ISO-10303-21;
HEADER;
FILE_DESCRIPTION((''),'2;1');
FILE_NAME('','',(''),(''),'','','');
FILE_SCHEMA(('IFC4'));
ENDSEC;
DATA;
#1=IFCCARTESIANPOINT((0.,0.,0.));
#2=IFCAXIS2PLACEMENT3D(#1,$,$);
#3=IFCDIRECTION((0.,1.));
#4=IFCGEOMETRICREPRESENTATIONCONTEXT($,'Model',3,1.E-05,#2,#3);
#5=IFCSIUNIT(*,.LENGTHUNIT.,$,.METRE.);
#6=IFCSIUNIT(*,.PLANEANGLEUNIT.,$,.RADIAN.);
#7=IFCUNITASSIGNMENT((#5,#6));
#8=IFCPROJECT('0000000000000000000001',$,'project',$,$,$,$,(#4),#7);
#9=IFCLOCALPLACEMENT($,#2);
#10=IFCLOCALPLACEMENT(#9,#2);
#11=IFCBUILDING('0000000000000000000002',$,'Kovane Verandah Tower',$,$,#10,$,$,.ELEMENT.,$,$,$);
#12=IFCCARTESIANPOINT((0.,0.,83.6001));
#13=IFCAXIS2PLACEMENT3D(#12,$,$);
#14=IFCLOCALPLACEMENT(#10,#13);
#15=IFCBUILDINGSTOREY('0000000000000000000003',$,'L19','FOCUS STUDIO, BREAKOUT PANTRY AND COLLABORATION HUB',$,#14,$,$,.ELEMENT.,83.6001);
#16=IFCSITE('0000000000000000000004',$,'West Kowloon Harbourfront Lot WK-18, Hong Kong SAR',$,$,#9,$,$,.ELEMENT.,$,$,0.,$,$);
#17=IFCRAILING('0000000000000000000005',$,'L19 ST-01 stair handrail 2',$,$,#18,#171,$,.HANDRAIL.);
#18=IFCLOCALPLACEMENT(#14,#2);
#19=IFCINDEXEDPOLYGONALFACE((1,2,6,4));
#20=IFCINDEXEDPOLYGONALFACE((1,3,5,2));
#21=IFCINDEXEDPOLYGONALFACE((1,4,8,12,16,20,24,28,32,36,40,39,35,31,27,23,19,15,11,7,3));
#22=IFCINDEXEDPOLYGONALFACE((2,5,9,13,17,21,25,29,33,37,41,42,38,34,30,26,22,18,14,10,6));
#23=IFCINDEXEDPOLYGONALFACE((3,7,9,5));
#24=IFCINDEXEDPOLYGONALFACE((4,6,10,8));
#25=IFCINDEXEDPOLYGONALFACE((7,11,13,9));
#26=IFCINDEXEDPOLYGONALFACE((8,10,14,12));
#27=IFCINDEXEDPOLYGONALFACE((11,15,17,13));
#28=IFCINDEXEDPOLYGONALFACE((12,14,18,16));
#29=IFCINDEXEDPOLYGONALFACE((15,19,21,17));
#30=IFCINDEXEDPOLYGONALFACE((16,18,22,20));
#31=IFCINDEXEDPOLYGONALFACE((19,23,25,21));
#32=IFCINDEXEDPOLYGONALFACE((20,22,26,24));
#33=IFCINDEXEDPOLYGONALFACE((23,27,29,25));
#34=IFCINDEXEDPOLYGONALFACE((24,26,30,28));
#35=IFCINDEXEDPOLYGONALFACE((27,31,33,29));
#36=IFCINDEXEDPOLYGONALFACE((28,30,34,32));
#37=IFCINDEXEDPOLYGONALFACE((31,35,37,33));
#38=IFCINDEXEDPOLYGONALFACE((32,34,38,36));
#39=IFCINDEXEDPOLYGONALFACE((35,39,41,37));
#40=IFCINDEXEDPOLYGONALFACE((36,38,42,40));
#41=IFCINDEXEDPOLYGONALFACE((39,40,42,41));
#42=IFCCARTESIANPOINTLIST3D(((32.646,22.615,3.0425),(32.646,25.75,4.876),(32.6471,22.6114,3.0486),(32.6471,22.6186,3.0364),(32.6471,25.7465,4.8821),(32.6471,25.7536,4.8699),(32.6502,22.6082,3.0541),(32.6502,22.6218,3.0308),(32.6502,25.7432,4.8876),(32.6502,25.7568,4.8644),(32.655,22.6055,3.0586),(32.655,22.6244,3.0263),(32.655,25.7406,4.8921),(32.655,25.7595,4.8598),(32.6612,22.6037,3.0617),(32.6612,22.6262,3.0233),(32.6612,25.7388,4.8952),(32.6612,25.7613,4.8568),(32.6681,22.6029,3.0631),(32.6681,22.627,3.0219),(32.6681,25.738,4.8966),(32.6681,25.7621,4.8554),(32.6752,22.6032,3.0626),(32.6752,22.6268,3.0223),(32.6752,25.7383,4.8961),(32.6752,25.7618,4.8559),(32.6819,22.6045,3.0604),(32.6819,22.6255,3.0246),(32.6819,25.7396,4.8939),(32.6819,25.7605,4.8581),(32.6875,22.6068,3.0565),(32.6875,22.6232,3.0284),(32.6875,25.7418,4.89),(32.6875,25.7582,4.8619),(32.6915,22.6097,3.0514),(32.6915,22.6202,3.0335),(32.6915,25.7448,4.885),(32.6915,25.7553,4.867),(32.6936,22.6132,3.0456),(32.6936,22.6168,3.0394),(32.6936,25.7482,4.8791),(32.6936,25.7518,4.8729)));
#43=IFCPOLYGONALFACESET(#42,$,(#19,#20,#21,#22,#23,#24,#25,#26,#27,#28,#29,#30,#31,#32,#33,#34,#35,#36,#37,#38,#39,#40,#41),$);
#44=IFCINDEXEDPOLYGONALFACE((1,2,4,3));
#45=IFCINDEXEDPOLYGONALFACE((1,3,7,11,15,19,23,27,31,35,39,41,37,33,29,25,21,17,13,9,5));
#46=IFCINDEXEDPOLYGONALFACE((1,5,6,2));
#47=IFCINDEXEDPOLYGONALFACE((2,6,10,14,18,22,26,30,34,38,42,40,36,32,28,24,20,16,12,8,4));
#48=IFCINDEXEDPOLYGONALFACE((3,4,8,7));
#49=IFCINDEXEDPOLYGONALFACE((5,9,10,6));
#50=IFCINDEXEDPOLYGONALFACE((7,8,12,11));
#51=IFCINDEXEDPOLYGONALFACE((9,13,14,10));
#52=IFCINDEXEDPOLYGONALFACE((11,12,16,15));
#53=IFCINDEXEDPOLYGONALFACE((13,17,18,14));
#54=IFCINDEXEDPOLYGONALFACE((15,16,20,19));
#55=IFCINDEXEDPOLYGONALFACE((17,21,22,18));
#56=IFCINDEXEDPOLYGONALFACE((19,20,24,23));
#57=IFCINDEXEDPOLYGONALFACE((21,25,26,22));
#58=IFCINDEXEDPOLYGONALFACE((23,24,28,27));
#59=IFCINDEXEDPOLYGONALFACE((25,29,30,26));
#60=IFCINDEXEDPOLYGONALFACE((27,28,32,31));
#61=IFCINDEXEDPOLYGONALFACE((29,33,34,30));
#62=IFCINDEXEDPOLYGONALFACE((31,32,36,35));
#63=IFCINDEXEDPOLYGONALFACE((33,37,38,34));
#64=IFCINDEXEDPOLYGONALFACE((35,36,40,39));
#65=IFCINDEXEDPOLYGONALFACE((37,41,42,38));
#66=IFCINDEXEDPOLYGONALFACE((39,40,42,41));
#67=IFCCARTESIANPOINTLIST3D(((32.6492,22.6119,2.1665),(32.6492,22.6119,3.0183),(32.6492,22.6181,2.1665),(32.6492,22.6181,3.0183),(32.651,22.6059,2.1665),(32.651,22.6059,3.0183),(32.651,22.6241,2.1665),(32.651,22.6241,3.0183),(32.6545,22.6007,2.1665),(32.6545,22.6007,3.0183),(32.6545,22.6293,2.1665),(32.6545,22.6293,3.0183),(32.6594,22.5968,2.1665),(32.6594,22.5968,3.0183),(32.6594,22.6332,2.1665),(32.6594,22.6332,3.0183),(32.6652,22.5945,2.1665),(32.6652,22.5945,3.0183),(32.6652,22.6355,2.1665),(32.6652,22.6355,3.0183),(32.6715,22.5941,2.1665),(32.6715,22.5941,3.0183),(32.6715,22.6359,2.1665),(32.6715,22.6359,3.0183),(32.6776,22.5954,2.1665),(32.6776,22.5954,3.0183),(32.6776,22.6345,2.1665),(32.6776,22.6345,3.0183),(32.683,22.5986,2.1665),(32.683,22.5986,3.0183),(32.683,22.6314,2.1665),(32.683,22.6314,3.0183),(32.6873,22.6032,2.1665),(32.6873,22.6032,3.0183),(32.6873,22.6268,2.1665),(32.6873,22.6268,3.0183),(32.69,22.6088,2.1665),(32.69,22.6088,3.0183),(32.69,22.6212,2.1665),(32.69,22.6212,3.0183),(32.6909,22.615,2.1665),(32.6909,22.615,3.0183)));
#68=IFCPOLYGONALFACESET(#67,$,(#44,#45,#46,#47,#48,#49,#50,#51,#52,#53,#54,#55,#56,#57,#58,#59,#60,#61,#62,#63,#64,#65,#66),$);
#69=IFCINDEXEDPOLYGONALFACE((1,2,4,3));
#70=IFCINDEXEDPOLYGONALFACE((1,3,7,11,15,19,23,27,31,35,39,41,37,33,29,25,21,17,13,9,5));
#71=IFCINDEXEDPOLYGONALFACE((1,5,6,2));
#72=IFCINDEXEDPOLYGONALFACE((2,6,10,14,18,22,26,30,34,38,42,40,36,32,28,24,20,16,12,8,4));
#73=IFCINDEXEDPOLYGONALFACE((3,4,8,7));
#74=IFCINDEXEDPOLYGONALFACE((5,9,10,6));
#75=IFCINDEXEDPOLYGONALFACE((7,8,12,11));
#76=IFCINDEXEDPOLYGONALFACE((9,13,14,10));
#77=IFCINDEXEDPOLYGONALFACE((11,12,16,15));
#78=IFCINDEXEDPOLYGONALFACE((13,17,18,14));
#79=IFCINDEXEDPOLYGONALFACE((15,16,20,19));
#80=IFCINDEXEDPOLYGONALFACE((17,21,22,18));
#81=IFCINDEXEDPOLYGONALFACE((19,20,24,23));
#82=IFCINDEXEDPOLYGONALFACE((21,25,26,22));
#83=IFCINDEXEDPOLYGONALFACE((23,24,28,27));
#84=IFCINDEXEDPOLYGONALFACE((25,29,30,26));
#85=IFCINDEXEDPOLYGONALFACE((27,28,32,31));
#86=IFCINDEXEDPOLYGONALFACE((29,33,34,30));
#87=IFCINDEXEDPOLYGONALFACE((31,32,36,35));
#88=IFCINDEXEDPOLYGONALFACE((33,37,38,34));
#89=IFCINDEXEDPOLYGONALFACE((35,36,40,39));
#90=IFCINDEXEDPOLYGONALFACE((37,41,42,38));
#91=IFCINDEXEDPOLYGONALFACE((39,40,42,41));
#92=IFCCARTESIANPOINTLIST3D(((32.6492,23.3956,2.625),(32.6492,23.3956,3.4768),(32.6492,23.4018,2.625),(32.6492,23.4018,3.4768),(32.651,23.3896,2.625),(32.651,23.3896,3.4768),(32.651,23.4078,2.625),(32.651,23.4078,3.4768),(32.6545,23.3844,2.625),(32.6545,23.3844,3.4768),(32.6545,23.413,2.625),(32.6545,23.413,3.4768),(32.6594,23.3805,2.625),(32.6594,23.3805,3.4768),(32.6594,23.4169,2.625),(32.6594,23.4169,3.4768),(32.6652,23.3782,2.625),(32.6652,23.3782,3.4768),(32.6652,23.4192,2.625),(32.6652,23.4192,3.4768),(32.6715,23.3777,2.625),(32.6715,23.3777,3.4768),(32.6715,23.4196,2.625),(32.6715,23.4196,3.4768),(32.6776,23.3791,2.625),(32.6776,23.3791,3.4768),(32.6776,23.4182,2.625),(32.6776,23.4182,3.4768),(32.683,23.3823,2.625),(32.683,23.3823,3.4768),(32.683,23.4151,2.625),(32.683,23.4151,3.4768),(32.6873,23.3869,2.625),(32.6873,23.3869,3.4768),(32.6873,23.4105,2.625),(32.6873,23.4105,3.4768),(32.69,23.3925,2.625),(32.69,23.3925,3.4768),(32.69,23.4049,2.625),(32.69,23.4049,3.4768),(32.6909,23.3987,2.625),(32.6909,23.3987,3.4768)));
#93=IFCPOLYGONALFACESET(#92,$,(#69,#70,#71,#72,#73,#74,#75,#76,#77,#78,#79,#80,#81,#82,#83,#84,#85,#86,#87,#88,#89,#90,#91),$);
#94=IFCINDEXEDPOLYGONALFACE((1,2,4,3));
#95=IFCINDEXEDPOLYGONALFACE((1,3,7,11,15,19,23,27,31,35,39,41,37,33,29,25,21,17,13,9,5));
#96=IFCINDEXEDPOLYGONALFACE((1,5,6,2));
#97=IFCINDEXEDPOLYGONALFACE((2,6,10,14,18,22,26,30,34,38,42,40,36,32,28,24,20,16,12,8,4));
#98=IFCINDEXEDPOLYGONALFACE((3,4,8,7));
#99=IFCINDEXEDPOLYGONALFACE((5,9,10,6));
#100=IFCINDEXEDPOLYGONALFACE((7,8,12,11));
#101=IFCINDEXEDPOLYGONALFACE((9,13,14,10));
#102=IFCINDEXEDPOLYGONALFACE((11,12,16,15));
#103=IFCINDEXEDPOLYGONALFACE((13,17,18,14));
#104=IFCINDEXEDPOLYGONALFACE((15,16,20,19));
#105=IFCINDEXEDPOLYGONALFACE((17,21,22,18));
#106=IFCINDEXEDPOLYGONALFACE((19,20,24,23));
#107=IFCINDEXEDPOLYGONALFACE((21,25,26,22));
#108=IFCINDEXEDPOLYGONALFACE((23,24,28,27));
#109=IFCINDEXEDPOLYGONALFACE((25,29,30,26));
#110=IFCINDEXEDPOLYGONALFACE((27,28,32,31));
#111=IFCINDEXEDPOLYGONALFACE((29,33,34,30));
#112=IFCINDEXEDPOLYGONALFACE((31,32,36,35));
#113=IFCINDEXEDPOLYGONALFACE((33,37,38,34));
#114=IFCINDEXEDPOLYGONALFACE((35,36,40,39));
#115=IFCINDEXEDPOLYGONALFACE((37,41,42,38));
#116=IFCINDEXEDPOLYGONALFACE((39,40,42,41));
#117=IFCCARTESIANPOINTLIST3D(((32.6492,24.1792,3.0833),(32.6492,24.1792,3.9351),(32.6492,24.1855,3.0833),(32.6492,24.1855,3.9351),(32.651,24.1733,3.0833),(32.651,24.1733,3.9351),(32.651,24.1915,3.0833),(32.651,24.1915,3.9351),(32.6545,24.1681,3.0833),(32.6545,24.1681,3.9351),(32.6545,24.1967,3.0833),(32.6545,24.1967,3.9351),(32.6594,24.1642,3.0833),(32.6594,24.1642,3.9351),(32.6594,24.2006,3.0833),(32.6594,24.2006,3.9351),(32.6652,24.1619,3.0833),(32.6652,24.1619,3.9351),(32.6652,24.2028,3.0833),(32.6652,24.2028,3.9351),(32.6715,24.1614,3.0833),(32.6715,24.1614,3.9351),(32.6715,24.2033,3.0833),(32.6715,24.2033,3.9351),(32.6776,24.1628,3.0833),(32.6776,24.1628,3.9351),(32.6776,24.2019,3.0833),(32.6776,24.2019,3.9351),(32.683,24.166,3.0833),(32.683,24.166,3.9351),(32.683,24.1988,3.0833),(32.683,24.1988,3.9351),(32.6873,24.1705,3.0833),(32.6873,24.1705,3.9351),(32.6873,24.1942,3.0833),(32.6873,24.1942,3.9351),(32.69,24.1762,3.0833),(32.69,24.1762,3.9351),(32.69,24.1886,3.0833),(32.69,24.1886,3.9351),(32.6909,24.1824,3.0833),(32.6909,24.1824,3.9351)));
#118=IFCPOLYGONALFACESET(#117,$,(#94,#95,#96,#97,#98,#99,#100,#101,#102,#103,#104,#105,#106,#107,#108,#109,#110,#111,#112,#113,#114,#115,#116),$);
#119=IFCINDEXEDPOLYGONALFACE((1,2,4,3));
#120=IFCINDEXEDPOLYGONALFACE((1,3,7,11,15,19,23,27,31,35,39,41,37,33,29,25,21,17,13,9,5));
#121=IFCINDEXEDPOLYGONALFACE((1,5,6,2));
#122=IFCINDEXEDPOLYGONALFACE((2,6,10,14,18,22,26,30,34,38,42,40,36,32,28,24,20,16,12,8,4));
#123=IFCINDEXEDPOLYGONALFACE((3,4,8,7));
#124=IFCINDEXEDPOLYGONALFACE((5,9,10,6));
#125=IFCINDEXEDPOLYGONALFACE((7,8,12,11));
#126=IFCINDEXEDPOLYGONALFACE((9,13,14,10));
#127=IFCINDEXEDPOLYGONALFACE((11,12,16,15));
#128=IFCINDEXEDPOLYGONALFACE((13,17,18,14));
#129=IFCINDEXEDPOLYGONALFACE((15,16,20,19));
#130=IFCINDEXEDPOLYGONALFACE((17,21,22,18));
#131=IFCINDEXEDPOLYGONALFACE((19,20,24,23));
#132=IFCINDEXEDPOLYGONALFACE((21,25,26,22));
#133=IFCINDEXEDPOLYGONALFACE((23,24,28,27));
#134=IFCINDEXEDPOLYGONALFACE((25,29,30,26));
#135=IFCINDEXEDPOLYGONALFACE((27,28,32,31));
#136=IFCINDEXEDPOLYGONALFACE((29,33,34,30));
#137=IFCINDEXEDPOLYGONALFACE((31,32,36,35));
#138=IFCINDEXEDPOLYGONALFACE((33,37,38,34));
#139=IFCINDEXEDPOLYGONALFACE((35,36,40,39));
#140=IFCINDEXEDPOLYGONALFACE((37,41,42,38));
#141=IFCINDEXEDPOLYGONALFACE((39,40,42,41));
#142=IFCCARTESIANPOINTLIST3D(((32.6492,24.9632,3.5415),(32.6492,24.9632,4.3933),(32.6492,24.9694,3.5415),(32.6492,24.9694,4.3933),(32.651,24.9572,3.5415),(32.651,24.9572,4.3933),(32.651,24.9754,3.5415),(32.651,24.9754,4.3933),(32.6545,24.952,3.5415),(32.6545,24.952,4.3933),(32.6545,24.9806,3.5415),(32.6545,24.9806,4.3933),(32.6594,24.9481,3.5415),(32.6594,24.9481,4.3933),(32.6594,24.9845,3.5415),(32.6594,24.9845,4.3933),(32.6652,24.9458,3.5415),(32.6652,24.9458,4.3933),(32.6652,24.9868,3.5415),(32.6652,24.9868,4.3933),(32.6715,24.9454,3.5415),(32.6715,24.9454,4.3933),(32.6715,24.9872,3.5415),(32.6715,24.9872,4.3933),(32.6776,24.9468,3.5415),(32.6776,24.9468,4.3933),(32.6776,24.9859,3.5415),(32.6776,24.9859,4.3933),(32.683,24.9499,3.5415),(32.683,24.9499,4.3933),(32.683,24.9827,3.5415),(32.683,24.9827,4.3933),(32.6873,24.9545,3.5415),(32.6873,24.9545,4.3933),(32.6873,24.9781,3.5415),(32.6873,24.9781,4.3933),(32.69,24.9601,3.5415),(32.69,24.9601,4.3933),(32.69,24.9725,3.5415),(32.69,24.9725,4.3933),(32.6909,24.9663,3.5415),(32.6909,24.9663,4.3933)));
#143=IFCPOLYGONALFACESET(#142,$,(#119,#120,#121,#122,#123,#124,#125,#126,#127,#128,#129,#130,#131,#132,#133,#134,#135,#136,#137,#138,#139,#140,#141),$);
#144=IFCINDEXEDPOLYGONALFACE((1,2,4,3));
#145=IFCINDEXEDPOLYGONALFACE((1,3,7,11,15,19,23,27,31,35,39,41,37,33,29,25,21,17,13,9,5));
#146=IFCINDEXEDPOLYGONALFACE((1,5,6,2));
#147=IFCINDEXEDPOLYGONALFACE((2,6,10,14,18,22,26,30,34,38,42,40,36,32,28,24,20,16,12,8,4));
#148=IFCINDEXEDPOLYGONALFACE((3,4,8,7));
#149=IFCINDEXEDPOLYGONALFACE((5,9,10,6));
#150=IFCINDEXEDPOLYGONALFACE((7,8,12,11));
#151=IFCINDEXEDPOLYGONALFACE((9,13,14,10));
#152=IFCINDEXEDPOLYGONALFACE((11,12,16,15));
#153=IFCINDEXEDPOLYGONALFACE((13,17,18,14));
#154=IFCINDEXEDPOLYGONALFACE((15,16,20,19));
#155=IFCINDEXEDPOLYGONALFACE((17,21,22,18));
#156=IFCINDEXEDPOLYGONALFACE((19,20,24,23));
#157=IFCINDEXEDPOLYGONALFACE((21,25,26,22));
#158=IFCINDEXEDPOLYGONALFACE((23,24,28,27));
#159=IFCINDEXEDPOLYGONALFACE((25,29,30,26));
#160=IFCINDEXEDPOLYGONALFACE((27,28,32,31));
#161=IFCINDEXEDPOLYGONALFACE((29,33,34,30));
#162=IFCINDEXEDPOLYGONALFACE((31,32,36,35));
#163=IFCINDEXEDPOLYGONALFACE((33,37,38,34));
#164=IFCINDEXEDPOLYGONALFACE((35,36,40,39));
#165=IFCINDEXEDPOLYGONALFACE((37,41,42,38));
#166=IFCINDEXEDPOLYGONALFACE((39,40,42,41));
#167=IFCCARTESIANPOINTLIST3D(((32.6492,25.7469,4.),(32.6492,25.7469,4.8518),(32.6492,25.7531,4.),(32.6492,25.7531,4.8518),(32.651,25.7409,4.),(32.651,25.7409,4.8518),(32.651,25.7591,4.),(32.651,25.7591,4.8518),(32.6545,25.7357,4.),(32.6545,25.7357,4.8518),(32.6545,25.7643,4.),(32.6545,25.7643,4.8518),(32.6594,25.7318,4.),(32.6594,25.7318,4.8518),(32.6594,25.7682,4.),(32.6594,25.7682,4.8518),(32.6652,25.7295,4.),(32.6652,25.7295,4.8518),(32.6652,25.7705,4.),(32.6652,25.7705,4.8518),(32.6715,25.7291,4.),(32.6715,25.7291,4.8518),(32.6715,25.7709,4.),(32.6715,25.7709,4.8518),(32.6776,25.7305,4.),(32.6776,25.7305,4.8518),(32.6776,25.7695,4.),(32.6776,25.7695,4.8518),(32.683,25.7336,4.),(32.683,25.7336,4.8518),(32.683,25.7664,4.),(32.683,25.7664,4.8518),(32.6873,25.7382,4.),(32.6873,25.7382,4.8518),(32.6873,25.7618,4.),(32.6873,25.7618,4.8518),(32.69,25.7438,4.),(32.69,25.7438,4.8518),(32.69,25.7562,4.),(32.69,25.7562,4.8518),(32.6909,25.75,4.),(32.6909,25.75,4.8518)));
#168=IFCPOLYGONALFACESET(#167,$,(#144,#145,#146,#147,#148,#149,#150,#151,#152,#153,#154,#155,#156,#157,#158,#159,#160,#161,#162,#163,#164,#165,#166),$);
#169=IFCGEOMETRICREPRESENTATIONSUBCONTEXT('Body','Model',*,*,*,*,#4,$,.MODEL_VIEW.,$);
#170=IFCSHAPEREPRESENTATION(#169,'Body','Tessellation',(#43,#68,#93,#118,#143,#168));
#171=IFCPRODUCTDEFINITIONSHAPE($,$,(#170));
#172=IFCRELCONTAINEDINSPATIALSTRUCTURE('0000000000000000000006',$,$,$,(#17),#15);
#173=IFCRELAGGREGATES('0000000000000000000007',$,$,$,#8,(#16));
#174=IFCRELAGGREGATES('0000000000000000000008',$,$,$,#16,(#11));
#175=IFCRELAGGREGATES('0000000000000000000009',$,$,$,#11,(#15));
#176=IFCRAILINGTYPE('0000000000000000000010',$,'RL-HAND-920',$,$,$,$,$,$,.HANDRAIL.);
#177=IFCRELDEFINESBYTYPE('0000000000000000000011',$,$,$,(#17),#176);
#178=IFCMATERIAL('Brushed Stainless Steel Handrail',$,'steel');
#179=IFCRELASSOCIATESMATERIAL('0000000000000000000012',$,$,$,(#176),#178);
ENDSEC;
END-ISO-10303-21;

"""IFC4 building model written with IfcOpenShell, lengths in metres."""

from ifc_helpers import new_model, si_unit, direction, frame, origin, origin_2d, place, context, subcontext, project, spatial, circle, extrude, material, type_object, element, save


model = new_model("IFC4")

# Units and contexts
model_context = context("Model", 3, precision=1e-05, world=origin(), true_north=direction((0.0, 1.0)))
body_context = subcontext(model_context, "Body", "Model", "MODEL_VIEW")
ifc_project = project(units=[si_unit("LENGTHUNIT", "METRE"), si_unit("PLANEANGLEUNIT", "RADIAN")], contexts=[model_context])

# Site, building, storey
site_placement = place(None, origin())
site = spatial("IfcSite", under=ifc_project, at=site_placement, Name="West Kowloon Harbourfront Lot WK-18, Hong Kong SAR", CompositionType="ELEMENT", RefElevation=0.0)
building_placement = place(site_placement, origin())
building = spatial("IfcBuilding", under=site, at=building_placement, Name="Kovane Verandah Tower", CompositionType="ELEMENT")
storey_placement = place(building_placement, frame((0.0, 0.0, 83.6001)))
storey = spatial("IfcBuildingStorey", under=building, at=storey_placement, Name="L19", Description="FOCUS STUDIO, BREAKOUT PANTRY AND COLLABORATION HUB", CompositionType="ELEMENT", Elevation=83.6001)

# Railing
ifc_material_1 = material(Name="Brushed Stainless Steel Handrail", Category="steel")
railing_type_1 = type_object("IfcRailingType", Name="RL-HAND-920", PredefinedType="HANDRAIL", material=ifc_material_1)
railing_1_placement = place(storey_placement, frame((32.6699, 22.615, 2.1665)))
element("IfcRailing", 1, at=railing_1_placement, inside=storey, type_object=railing_type_1, Name="L19 ST-01 stair handrail 2", PredefinedType="HANDRAIL", context=body_context, shape_type="SweptSolid", body=[
    extrude(circle(Radius=0.0239, at=origin_2d()), frame((0.0, 0.0, 0.876), z_axis=(0.0, 0.86321, 0.504845), x_axis=(-1.0, 0.0, 0.0)), (0.0, 0.0, 1.0), 3.6318),
    extrude(circle(Radius=0.021, at=origin_2d()), origin(), (0.0, 0.0, 1.0), 0.8518),
    extrude(circle(Radius=0.021, at=origin_2d()), frame((0.0, 0.7837, 0.4585)), (0.0, 0.0, 1.0), 0.8518),
    extrude(circle(Radius=0.021, at=origin_2d()), frame((0.0, 1.5674, 0.9167)), (0.0, 0.0, 1.0), 0.8518),
    extrude(circle(Radius=0.021, at=origin_2d()), frame((0.0, 2.3513, 1.375)), (0.0, 0.0, 1.0), 0.8518),
    extrude(circle(Radius=0.021, at=origin_2d()), frame((0.0, 3.135, 1.8335)), (0.0, 0.0, 1.0), 0.8518),
])

save(model, "model.ifc")
